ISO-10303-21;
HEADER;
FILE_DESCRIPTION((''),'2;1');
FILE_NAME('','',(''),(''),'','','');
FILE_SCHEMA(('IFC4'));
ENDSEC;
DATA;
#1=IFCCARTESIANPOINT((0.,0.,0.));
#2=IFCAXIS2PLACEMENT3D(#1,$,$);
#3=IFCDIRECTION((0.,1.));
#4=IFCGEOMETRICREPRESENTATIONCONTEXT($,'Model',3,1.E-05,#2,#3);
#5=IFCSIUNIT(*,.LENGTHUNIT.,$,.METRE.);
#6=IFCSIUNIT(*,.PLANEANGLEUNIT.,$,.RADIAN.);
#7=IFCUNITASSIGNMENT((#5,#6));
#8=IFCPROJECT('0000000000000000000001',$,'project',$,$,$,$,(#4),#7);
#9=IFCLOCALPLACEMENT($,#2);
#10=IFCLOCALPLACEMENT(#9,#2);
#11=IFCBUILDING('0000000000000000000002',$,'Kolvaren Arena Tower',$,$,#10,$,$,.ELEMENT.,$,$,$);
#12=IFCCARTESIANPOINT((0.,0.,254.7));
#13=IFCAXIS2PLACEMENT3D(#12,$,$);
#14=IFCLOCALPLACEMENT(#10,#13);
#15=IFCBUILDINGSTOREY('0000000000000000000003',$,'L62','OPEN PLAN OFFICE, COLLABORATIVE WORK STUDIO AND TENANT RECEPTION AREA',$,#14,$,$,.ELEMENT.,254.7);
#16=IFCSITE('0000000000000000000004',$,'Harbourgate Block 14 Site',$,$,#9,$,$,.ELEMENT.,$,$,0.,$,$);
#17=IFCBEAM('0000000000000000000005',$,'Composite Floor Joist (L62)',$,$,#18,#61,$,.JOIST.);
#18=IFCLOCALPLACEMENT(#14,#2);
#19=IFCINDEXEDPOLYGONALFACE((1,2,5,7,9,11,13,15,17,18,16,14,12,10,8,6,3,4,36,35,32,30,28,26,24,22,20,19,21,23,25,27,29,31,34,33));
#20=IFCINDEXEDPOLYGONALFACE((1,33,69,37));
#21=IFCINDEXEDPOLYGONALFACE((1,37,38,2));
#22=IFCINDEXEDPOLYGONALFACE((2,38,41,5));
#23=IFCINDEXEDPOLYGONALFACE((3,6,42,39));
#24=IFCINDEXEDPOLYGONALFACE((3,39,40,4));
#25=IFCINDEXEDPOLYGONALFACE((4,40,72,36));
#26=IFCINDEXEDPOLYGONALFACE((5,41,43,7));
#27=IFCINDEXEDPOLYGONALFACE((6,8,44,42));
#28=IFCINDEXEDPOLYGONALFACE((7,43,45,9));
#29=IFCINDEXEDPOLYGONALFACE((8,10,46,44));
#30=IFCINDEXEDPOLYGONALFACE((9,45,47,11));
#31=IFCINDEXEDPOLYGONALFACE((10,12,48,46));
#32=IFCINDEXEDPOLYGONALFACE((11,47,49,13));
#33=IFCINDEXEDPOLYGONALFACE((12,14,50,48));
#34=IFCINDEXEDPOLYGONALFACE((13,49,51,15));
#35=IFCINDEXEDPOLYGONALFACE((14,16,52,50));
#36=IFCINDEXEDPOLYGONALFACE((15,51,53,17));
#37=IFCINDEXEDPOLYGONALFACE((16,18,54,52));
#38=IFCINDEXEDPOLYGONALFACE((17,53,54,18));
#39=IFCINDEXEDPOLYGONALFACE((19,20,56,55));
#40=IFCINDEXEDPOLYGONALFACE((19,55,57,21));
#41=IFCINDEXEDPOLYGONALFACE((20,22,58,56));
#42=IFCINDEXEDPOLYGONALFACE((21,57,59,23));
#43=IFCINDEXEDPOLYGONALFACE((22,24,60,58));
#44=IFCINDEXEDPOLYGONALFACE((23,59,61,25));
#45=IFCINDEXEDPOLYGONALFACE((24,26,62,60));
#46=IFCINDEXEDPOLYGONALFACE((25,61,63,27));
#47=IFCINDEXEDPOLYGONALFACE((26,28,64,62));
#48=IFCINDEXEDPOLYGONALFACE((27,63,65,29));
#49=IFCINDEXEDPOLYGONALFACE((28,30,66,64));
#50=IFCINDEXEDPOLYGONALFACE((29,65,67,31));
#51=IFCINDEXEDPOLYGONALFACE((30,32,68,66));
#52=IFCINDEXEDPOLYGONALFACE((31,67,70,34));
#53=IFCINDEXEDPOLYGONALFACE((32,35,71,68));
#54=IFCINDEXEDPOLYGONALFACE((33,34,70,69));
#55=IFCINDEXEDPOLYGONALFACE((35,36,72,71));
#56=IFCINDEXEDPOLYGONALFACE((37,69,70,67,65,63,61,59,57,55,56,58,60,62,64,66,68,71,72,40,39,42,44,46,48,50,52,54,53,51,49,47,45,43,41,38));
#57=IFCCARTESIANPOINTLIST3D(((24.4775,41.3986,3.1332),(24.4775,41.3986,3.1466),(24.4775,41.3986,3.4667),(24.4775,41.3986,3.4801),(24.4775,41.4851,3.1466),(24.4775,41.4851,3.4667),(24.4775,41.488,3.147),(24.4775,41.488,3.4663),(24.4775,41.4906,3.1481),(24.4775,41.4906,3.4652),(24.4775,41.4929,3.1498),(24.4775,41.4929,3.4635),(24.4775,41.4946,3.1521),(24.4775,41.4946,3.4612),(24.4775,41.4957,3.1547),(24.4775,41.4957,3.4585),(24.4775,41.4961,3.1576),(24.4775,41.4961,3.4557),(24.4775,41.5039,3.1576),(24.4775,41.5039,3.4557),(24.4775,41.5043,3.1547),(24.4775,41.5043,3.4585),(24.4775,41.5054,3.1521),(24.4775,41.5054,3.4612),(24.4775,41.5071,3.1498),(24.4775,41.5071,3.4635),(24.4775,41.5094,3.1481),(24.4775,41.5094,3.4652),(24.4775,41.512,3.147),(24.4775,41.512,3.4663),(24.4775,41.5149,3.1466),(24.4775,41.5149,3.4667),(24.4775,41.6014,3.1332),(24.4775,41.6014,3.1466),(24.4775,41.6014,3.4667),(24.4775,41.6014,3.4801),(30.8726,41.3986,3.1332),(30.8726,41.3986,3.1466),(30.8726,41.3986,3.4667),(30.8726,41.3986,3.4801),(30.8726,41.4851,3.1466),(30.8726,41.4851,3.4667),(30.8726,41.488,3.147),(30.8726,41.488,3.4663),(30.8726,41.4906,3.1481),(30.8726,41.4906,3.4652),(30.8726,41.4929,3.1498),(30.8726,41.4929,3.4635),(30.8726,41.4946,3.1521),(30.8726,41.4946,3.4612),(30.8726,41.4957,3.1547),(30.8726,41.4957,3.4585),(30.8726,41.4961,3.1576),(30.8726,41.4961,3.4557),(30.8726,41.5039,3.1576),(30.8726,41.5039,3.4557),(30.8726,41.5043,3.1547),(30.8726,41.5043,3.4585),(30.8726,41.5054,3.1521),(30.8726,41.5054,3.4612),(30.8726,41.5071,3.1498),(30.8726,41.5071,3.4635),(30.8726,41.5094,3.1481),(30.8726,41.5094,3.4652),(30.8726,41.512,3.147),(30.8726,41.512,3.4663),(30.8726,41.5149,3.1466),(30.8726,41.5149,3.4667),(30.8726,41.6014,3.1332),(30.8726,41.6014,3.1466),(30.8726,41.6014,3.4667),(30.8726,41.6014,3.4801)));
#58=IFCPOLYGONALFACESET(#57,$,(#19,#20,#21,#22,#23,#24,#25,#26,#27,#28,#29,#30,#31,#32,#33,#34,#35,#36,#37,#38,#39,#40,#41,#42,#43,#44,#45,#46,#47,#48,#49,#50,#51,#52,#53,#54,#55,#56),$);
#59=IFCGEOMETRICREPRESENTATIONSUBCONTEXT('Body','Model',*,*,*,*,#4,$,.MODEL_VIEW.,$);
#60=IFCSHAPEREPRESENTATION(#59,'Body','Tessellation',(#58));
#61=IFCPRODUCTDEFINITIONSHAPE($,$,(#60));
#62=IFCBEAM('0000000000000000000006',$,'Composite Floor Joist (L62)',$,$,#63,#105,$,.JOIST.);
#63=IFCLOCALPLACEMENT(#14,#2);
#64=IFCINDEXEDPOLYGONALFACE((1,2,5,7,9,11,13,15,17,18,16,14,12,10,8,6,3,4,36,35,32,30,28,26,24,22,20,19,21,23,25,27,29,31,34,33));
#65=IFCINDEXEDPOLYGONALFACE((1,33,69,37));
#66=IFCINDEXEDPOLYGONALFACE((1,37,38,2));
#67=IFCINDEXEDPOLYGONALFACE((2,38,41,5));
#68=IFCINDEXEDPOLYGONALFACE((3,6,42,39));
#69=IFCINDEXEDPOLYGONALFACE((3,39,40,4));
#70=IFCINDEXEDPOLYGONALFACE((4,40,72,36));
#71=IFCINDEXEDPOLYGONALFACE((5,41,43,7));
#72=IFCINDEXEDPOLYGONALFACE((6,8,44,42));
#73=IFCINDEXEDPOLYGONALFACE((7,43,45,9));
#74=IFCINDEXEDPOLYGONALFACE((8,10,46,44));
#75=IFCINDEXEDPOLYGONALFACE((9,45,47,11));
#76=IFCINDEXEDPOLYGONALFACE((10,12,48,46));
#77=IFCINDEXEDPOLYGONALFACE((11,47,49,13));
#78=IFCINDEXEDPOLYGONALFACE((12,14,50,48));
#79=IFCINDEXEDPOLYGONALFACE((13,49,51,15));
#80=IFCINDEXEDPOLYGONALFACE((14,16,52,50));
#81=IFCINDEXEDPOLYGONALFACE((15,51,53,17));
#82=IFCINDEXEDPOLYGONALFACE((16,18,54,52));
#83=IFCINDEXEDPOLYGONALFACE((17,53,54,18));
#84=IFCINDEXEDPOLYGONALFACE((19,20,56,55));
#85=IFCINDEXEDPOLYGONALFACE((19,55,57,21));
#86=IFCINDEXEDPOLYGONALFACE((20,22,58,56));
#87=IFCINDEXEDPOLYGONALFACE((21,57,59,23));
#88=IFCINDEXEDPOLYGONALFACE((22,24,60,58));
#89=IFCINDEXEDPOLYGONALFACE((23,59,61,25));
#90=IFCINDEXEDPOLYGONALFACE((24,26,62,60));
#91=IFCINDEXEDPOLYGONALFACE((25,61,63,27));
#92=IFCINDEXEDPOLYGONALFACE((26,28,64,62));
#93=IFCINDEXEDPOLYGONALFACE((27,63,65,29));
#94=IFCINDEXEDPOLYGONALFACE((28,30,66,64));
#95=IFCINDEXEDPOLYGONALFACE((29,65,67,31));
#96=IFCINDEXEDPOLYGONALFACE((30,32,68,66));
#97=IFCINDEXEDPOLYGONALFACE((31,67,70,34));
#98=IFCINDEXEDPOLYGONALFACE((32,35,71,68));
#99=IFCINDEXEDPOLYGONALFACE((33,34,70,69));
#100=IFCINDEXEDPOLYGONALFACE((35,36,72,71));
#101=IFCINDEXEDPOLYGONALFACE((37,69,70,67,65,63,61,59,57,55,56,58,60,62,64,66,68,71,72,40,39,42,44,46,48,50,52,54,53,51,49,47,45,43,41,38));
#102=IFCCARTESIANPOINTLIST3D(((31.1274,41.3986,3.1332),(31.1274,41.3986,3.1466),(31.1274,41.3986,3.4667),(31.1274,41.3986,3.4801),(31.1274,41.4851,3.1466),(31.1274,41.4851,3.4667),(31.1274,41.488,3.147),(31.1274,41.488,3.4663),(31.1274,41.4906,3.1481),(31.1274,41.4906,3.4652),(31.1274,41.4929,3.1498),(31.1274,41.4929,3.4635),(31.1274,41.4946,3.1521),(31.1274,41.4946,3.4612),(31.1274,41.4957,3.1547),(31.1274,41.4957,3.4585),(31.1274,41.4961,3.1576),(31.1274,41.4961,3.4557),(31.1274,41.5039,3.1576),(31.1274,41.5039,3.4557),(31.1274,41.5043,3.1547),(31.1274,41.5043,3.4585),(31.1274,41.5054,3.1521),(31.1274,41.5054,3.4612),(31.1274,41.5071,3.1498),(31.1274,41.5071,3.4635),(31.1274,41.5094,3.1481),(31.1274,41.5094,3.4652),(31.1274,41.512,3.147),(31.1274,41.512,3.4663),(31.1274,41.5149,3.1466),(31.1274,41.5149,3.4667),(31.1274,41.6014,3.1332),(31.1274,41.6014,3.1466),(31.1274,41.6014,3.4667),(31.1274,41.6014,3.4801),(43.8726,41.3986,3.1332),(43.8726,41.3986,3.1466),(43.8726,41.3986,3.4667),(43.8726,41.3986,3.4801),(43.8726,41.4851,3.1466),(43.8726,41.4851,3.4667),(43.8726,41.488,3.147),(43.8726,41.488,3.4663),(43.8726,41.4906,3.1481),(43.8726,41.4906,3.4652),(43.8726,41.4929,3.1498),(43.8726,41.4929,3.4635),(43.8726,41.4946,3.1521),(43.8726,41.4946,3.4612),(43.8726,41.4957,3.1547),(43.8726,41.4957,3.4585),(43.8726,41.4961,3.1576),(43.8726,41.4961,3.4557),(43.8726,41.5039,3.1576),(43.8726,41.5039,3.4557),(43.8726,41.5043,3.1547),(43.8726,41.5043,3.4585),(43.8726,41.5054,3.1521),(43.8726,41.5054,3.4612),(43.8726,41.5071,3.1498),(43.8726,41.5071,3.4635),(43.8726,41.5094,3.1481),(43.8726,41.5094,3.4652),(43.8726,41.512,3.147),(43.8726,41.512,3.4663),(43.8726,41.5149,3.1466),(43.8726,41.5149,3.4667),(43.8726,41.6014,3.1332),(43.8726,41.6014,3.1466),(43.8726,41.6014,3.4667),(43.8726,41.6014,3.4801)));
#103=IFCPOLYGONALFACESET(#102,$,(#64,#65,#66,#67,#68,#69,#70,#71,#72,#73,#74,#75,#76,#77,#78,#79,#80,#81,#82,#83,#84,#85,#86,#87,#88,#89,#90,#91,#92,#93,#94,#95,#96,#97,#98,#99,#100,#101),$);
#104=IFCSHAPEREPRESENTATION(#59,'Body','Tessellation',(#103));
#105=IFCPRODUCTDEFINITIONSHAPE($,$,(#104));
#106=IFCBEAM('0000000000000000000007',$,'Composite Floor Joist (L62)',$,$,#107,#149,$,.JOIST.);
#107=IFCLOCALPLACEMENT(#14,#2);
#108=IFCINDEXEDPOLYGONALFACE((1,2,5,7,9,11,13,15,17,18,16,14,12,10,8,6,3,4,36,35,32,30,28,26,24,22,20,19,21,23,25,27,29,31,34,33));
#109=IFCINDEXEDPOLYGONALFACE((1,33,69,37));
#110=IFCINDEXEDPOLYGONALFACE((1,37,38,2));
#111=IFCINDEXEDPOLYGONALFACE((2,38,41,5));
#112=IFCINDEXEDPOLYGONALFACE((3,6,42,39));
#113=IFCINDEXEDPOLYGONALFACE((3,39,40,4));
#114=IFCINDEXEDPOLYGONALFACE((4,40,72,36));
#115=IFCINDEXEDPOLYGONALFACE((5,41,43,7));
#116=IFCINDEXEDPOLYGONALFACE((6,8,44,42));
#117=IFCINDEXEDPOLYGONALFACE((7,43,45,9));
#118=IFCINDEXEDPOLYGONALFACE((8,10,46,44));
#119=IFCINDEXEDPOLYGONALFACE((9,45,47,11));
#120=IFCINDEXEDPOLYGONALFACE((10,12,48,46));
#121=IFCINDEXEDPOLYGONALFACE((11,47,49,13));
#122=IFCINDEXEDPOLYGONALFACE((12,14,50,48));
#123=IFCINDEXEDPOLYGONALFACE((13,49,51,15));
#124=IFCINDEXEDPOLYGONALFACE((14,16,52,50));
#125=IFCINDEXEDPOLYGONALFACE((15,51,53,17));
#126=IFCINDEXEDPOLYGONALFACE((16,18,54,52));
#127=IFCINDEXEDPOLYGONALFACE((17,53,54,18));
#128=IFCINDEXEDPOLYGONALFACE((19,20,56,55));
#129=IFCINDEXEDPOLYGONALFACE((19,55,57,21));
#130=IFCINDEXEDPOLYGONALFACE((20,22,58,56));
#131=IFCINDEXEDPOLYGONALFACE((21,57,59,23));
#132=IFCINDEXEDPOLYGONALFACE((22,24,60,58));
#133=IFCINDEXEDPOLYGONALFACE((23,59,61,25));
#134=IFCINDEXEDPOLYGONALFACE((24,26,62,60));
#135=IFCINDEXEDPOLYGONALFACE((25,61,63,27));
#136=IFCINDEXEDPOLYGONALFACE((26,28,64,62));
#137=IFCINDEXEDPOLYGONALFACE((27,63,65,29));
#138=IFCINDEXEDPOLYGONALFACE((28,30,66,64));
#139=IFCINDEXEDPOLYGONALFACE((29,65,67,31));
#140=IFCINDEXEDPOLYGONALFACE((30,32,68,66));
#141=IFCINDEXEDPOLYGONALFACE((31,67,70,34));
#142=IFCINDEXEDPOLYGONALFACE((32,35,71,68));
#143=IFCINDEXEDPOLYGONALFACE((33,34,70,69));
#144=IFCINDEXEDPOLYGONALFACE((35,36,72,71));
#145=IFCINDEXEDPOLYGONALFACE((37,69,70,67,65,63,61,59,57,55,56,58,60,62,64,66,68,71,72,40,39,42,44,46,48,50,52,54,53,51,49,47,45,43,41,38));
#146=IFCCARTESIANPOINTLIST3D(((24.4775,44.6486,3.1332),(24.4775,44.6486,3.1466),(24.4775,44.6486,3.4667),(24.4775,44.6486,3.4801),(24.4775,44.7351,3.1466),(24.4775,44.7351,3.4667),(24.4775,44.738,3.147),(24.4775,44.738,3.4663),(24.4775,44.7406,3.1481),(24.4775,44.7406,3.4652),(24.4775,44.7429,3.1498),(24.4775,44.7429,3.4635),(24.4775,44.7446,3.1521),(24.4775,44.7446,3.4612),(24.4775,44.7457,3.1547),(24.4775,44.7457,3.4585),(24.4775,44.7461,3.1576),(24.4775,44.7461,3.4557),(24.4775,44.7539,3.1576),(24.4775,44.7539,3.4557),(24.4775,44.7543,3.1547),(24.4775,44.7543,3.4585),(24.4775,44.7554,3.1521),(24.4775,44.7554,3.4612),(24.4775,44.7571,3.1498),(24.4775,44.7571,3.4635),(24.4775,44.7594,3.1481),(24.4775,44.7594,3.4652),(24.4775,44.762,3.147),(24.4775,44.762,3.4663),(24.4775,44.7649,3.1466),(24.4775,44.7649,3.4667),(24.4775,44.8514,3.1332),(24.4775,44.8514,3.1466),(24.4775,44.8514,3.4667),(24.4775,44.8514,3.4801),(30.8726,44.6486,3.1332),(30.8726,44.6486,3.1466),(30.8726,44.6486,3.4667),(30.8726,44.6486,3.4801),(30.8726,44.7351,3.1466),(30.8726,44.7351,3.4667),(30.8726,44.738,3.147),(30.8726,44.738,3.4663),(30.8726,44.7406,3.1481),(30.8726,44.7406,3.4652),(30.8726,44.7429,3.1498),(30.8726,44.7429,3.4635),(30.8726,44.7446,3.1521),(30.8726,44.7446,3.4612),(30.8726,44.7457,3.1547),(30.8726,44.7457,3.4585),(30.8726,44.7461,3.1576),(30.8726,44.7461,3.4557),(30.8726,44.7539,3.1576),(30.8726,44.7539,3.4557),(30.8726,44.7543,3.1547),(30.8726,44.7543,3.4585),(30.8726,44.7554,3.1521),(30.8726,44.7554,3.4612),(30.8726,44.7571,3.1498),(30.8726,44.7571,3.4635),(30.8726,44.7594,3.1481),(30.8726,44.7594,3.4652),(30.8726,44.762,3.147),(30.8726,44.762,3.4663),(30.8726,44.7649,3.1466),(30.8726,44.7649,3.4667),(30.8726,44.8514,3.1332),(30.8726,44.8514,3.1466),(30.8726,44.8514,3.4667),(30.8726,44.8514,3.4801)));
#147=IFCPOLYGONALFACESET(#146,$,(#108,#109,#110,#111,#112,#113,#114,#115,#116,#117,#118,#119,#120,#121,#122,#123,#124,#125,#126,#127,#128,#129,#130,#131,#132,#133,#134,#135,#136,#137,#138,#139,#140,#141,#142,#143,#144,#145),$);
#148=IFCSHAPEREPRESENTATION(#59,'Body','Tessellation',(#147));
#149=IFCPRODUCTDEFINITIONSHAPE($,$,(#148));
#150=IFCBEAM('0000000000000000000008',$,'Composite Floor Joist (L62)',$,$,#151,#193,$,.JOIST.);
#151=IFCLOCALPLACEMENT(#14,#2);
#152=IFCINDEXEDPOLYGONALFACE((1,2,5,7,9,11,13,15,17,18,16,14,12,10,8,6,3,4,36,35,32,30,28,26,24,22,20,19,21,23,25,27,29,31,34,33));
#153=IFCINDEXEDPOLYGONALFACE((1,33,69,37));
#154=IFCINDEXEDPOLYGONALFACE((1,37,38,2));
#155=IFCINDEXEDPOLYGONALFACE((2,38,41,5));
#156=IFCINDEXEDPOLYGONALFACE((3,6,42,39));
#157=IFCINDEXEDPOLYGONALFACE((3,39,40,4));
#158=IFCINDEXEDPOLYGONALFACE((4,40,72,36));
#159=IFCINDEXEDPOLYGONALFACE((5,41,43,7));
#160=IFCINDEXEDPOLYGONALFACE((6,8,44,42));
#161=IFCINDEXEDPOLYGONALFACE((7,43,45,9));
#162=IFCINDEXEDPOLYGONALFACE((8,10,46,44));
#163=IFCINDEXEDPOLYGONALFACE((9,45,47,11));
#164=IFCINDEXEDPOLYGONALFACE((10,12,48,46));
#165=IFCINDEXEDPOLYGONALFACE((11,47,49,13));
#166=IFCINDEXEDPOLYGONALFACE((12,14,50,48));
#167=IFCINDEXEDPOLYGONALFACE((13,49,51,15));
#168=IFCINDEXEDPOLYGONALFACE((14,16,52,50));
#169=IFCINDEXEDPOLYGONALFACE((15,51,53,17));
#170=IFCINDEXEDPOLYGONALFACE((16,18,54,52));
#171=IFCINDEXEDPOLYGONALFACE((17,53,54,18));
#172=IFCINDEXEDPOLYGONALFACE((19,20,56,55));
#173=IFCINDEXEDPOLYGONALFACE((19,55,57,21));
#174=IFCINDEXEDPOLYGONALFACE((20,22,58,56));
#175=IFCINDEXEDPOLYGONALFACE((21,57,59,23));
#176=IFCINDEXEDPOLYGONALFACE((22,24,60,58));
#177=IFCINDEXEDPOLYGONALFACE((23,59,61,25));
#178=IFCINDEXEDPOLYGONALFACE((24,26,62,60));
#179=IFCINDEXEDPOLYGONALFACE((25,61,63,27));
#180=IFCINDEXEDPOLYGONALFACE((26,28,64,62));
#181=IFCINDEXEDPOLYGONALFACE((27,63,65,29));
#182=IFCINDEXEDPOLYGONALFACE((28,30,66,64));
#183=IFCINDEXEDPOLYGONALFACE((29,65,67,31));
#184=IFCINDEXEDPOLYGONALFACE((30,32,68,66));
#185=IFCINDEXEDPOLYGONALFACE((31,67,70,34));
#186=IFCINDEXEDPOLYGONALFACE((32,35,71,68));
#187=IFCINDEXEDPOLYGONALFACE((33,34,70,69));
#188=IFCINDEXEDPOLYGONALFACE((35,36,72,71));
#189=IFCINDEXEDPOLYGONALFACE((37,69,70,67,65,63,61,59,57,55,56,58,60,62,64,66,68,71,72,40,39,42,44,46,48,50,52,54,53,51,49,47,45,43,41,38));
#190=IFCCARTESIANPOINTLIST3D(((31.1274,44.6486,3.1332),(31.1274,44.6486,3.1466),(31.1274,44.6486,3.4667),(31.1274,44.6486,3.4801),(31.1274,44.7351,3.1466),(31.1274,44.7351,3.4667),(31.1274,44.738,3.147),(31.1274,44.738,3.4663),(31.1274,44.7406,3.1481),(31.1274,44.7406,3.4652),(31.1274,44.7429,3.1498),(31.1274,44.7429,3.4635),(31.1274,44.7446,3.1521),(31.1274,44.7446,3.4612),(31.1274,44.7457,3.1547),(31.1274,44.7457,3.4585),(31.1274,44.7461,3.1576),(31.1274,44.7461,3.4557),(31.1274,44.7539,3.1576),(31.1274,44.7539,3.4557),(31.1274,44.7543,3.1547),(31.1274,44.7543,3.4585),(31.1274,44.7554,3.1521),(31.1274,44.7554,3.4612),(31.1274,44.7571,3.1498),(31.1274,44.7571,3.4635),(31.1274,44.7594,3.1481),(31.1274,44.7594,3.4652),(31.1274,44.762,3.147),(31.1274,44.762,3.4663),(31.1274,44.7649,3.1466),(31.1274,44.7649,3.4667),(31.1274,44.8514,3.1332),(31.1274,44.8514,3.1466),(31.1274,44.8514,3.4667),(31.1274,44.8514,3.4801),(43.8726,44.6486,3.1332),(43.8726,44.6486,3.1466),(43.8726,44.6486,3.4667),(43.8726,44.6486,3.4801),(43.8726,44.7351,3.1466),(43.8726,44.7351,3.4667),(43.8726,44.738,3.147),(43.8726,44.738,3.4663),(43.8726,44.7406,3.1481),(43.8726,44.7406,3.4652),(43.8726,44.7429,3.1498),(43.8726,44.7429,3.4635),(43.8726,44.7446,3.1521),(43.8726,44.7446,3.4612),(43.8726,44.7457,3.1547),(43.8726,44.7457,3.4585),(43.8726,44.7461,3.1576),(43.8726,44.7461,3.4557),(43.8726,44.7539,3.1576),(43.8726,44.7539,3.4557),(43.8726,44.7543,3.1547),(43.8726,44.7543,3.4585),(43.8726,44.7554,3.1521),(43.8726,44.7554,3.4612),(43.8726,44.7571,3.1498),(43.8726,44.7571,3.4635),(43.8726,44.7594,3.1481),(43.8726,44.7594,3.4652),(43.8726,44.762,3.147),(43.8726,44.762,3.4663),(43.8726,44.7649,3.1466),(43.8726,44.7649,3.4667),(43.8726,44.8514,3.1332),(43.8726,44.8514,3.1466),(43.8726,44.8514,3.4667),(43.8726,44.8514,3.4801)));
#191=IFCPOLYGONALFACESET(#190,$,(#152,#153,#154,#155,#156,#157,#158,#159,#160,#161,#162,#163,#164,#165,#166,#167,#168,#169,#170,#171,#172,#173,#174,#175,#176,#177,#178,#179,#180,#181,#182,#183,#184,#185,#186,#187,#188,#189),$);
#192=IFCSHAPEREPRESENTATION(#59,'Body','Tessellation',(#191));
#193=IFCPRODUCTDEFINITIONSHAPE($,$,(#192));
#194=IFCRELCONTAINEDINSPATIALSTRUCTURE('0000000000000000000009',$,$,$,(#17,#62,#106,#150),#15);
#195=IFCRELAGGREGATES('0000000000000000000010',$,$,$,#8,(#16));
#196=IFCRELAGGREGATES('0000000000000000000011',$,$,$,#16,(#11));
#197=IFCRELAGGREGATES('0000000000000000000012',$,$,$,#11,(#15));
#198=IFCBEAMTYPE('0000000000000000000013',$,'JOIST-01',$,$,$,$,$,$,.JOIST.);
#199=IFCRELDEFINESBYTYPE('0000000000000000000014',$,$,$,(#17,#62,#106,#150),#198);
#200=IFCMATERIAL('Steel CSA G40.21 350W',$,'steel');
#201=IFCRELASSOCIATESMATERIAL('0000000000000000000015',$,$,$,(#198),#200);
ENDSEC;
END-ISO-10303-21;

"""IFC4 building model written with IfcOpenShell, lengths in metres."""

from ifc_helpers import new_model, si_unit, direction, frame, origin, origin_2d, place, context, subcontext, project, spatial, i_section, extrude, material, material_profile, profile_set, type_object, element, save


model = new_model("IFC4")

# Units and contexts
model_context = context("Model", 3, precision=1e-05, world=origin(), true_north=direction((0.0, 1.0)))
body_context = subcontext(model_context, "Body", "Model", "MODEL_VIEW")
ifc_project = project(units=[si_unit("LENGTHUNIT", "METRE"), si_unit("PLANEANGLEUNIT", "RADIAN")], contexts=[model_context])

# Site, building, storey
site_placement = place(None, origin())
site = spatial("IfcSite", under=ifc_project, at=site_placement, Name="Harbourgate Block 14 Site", CompositionType="ELEMENT", RefElevation=0.0)
building_placement = place(site_placement, origin())
building = spatial("IfcBuilding", under=site, at=building_placement, Name="Kolvaren Arena Tower", CompositionType="ELEMENT")
storey_placement = place(building_placement, frame((0.0, 0.0, 254.7)))
storey = spatial("IfcBuildingStorey", under=building, at=storey_placement, Name="L62", Description="OPEN PLAN OFFICE, COLLABORATIVE WORK STUDIO AND TENANT RECEPTION AREA", CompositionType="ELEMENT", Elevation=254.7)

# Beams
ifc_material_1 = material(Name="Steel CSA G40.21 350W", Category="steel")
ifc_material_profile_1 = material_profile(ifc_material_1, i_section(OverallWidth=0.2029, OverallDepth=0.3469, WebThickness=0.0078, FlangeThickness=0.0134, FilletRadius=0.011, at=origin_2d()), Name="W360x64")
ifc_profile_set_1 = profile_set([ifc_material_profile_1], Name="Steel CSA G40.21 350W")
beam_type_1 = type_object("IfcBeamType", Name="JOIST-01", PredefinedType="JOIST", material=ifc_profile_set_1)
beam_1_placement = place(storey_placement, frame((24.4775, 41.5, 3.3066), z_axis=(1.0, 0.0, 0.0), x_axis=(0.0, 1.0, 0.0)))
element("IfcBeam", 1, at=beam_1_placement, inside=storey, type_object=beam_type_1, Name="Composite Floor Joist (L62)", PredefinedType="JOIST", context=body_context, shape_type="SweptSolid", body=[
    extrude(i_section(OverallWidth=0.2029, OverallDepth=0.3469, WebThickness=0.0078, FlangeThickness=0.0134, FilletRadius=0.011, at=origin_2d()), origin(), (0.0, 0.0, 1.0), 6.395),
])
beam_2_placement = place(storey_placement, frame((31.1274, 41.5, 3.3066), z_axis=(1.0, 0.0, 0.0), x_axis=(0.0, 1.0, 0.0)))
element("IfcBeam", 2, at=beam_2_placement, inside=storey, type_object=beam_type_1, Name="Composite Floor Joist (L62)", PredefinedType="JOIST", context=body_context, shape_type="SweptSolid", body=[
    extrude(i_section(OverallWidth=0.2029, OverallDepth=0.3469, WebThickness=0.0078, FlangeThickness=0.0134, FilletRadius=0.011, at=origin_2d()), origin(), (0.0, 0.0, 1.0), 12.7451),
])
beam_3_placement = place(storey_placement, frame((24.4775, 44.75, 3.3066), z_axis=(1.0, 0.0, 0.0), x_axis=(0.0, 1.0, 0.0)))
element("IfcBeam", 3, at=beam_3_placement, inside=storey, type_object=beam_type_1, Name="Composite Floor Joist (L62)", PredefinedType="JOIST", context=body_context, shape_type="SweptSolid", body=[
    extrude(i_section(OverallWidth=0.2029, OverallDepth=0.3469, WebThickness=0.0078, FlangeThickness=0.0134, FilletRadius=0.011, at=origin_2d()), origin(), (0.0, 0.0, 1.0), 6.395),
])
beam_4_placement = place(storey_placement, frame((31.1274, 44.75, 3.3066), z_axis=(1.0, 0.0, 0.0), x_axis=(0.0, 1.0, 0.0)))
element("IfcBeam", 4, at=beam_4_placement, inside=storey, type_object=beam_type_1, Name="Composite Floor Joist (L62)", PredefinedType="JOIST", context=body_context, shape_type="SweptSolid", body=[
    extrude(i_section(OverallWidth=0.2029, OverallDepth=0.3469, WebThickness=0.0078, FlangeThickness=0.0134, FilletRadius=0.011, at=origin_2d()), origin(), (0.0, 0.0, 1.0), 12.7451),
])

save(model, "model.ifc")
